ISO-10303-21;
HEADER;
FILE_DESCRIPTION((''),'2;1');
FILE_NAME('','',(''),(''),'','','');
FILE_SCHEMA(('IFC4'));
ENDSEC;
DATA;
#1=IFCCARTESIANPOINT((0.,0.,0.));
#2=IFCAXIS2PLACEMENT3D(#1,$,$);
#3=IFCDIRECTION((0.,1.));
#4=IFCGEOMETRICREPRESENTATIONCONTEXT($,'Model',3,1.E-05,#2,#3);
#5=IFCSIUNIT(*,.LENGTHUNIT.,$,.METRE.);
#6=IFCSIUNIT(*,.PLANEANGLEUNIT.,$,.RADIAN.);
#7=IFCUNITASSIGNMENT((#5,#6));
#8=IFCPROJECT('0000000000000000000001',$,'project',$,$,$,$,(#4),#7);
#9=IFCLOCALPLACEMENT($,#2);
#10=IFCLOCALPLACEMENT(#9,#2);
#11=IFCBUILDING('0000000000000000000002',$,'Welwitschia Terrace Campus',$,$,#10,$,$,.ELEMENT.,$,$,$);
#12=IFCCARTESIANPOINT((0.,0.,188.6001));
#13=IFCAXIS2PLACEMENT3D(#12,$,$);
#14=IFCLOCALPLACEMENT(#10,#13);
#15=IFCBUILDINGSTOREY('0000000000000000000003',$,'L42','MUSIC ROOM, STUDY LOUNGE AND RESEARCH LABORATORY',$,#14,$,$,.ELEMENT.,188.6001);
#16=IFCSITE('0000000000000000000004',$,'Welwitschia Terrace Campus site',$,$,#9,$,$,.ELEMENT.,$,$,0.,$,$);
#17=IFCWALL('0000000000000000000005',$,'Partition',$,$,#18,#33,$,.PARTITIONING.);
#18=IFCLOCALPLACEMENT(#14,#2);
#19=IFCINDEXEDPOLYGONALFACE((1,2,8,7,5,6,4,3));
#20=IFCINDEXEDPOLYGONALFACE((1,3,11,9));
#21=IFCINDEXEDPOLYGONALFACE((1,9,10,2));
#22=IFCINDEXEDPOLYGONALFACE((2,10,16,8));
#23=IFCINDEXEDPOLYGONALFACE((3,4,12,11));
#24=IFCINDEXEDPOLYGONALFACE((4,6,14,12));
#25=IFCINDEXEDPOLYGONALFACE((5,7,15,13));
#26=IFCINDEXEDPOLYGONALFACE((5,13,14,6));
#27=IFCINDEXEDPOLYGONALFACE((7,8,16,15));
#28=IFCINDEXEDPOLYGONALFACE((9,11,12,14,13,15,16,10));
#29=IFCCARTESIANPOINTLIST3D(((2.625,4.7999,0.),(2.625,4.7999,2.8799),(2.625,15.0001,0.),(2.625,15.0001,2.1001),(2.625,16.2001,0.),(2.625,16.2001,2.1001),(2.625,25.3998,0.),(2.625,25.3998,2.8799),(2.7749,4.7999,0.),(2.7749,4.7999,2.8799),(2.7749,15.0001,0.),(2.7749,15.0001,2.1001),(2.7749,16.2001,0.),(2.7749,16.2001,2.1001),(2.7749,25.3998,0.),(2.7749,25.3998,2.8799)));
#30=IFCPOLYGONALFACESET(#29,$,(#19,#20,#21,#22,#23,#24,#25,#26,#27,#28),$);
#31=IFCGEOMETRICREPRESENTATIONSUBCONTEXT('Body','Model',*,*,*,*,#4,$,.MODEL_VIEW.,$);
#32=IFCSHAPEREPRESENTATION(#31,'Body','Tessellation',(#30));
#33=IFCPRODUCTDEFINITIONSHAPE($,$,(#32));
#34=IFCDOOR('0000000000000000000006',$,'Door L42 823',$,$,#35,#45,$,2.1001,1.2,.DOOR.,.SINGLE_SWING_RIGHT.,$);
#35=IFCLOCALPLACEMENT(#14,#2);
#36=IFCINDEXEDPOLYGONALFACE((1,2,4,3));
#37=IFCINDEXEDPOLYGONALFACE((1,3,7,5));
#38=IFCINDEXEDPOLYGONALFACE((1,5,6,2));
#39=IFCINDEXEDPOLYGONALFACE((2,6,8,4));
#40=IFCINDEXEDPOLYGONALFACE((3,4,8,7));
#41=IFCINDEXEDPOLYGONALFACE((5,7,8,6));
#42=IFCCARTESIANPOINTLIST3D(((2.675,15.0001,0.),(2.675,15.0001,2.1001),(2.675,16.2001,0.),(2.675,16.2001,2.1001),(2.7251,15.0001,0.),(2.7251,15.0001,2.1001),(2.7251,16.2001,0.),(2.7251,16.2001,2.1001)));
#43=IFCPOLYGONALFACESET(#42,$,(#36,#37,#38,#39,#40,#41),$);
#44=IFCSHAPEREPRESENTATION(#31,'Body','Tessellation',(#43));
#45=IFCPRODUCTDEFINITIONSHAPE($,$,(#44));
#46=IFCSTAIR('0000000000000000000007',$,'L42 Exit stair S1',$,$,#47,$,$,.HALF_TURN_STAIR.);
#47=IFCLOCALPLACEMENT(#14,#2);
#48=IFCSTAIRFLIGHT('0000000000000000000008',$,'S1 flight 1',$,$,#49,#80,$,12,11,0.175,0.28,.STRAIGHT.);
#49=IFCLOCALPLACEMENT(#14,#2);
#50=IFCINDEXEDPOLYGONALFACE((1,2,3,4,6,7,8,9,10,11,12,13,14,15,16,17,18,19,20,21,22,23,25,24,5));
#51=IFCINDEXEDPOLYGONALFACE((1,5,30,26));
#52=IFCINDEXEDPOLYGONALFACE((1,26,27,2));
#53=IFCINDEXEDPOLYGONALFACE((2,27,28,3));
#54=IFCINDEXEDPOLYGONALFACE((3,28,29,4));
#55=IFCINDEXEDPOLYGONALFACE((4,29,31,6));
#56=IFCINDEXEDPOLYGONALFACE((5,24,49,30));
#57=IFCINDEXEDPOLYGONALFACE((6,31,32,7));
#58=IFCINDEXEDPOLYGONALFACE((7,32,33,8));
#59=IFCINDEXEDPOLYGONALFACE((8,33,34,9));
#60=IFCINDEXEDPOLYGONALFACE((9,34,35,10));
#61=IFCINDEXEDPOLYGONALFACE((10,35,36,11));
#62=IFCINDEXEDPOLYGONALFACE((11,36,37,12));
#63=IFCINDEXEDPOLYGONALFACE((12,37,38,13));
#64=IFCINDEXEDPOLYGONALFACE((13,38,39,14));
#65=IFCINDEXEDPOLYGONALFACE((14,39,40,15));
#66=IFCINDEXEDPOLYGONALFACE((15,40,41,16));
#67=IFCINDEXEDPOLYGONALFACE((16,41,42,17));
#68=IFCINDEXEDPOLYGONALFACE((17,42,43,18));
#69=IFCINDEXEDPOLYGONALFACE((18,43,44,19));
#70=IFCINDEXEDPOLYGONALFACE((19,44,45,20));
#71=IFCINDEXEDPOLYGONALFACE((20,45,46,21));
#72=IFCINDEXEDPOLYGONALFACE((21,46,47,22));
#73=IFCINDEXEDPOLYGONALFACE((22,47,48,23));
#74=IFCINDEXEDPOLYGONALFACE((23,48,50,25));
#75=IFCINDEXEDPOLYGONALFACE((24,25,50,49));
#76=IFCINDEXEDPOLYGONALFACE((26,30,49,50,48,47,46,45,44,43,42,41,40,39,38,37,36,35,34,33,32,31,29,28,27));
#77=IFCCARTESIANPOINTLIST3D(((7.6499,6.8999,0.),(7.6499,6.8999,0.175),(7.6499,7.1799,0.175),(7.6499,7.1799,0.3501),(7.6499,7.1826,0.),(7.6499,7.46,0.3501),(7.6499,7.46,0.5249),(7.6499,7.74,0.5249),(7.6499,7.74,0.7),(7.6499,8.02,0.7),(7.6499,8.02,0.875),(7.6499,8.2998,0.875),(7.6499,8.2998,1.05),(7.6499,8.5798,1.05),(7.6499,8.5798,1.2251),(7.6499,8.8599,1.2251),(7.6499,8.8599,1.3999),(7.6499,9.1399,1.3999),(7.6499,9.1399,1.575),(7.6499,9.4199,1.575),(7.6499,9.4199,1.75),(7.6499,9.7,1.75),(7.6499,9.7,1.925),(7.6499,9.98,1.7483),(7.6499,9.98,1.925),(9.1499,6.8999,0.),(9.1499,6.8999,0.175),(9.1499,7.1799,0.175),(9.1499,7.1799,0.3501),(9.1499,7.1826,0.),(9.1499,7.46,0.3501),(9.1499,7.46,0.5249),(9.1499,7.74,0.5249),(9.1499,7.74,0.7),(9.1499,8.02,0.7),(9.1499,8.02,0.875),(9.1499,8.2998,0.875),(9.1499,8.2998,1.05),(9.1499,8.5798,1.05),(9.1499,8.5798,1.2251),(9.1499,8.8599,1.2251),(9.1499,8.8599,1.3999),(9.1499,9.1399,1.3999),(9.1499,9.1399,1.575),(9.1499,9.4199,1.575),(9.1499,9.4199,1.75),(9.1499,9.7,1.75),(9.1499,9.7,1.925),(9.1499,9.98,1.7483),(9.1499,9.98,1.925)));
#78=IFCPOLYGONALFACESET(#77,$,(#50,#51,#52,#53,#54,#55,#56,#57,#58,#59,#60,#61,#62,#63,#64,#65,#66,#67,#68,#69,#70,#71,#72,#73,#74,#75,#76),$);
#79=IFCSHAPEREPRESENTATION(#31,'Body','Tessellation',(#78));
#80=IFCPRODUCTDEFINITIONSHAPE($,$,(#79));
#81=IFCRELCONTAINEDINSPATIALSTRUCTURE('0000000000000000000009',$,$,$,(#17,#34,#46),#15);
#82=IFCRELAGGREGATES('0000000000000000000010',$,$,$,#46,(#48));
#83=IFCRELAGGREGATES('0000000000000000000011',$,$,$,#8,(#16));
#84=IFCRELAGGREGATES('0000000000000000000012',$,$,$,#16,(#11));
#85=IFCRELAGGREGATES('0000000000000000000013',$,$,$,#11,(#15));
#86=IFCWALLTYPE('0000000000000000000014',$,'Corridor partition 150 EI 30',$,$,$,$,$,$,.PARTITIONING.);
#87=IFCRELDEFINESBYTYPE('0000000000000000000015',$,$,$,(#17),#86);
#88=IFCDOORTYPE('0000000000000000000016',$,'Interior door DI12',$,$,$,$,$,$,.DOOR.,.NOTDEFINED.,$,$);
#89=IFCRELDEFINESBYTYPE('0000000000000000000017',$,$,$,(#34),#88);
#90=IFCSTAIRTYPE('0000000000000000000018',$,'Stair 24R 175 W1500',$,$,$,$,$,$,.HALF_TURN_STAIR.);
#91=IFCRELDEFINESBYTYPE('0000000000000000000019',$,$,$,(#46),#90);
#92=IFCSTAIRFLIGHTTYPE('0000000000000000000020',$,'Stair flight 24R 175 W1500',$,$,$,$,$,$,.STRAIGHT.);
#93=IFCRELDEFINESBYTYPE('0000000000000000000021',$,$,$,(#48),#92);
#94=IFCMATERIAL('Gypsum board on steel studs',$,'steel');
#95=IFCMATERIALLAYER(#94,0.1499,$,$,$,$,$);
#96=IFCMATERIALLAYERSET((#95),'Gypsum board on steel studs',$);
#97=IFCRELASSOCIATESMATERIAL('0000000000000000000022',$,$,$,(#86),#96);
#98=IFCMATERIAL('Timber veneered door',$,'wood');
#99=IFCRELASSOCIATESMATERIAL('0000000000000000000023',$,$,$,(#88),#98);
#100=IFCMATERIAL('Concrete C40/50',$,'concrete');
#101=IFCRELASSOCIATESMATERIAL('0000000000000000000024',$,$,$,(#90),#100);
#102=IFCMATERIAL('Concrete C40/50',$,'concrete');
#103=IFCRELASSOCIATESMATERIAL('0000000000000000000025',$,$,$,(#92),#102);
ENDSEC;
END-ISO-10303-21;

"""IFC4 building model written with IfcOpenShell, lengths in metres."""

from ifc_helpers import new_model, si_unit, direction, frame, frame_2d, origin, place, context, subcontext, project, spatial, polyline, rectangle, outline, extrude, material, layer, layer_set, type_object, element, fill, aggregate, save


model = new_model("IFC4")

# Units and contexts
model_context = context("Model", 3, precision=1e-05, world=origin(), true_north=direction((0.0, 1.0)))
body_context = subcontext(model_context, "Body", "Model", "MODEL_VIEW")
ifc_project = project(units=[si_unit("LENGTHUNIT", "METRE"), si_unit("PLANEANGLEUNIT", "RADIAN")], contexts=[model_context])

# Site, building, storey
site_placement = place(None, origin())
site = spatial("IfcSite", under=ifc_project, at=site_placement, Name="Welwitschia Terrace Campus site", CompositionType="ELEMENT", RefElevation=0.0)
building_placement = place(site_placement, origin())
building = spatial("IfcBuilding", under=site, at=building_placement, Name="Welwitschia Terrace Campus", CompositionType="ELEMENT")
storey_placement = place(building_placement, frame((0.0, 0.0, 188.6001)))
storey = spatial("IfcBuildingStorey", under=building, at=storey_placement, Name="L42", Description="MUSIC ROOM, STUDY LOUNGE AND RESEARCH LABORATORY", CompositionType="ELEMENT", Elevation=188.6001)

# Shared definitions
ifc_material_1 = material(Name="Gypsum board on steel studs", Category="steel")
ifc_layer_1 = layer(ifc_material_1, 0.1499)
ifc_layer_set_1 = layer_set([ifc_layer_1], Name="Gypsum board on steel studs")
wall_type_1 = type_object("IfcWallType", Name="Corridor partition 150 EI 30", PredefinedType="PARTITIONING", material=ifc_layer_set_1)

# Wall, opening, door
wall_1_placement = place(storey_placement, frame((2.7, 4.8, 0.0), z_axis=(0.0, 0.0, 1.0), x_axis=(0.0, 1.0, 0.0)))
wall_1 = element("IfcWall", 1, at=wall_1_placement, inside=storey, type_object=wall_type_1, Name="Partition", PredefinedType="PARTITIONING", context=body_context, shape_type="SweptSolid", body=[
    extrude(rectangle(XDim=20.5999, YDim=0.1499, at=frame_2d((10.2998, 0.0))), origin(), (0.0, 0.0, 1.0), 2.8799),
])
opening_1_placement = place(wall_1_placement, frame((10.2, 0.0, 0.0)))
opening_1 = element("IfcOpeningElement", 2, at=opening_1_placement, cuts=wall_1, PredefinedType="OPENING", context=body_context, shape_type="SweptSolid", body=[
    extrude(rectangle(XDim=1.2, YDim=2.1001, at=frame_2d((0.6001, 1.05))), frame((0.0, 0.085, 0.0), z_axis=(0.0, -1.0, 0.0), x_axis=(1.0, 0.0, 0.0)), (0.0, 0.0, 1.0), 0.1699),
])
ifc_material_2 = material(Name="Timber veneered door", Category="wood")
door_type_1 = type_object("IfcDoorType", Name="Interior door DI12", OperationType="NOTDEFINED", PredefinedType="DOOR", material=ifc_material_2)
door_1_placement = place(opening_1_placement, origin())
door_1 = element("IfcDoor", 3, at=door_1_placement, inside=storey, type_object=door_type_1, Name="Door L42 823", OperationType="SINGLE_SWING_RIGHT", OverallHeight=2.1001, OverallWidth=1.2, PredefinedType="DOOR", context=body_context, shape_type="SweptSolid", body=[
    extrude(rectangle(XDim=1.2, YDim=2.1001, at=frame_2d((0.6001, 1.05))), frame((0.0, 0.0249, 0.0), z_axis=(0.0, -1.0, 0.0), x_axis=(1.0, 0.0, 0.0)), (0.0, 0.0, 1.0), 0.05),
])
fill(opening_1, door_1)

# Stair, stair flight
ifc_material_3 = material(Name="Concrete C40/50", Category="concrete")
stair_type = type_object("IfcStairType", Name="Stair 24R 175 W1500", PredefinedType="HALF_TURN_STAIR", material=ifc_material_3)
stair_placement = place(storey_placement, origin())
stair = element("IfcStair", 4, at=stair_placement, inside=storey, type_object=stair_type, Name="L42 Exit stair S1", PredefinedType="HALF_TURN_STAIR")
ifc_material_4 = material(Name="Concrete C40/50", Category="concrete")
stair_flight_type = type_object("IfcStairFlightType", Name="Stair flight 24R 175 W1500", PredefinedType="STRAIGHT", material=ifc_material_4)
stair_flight_placement = place(storey_placement, frame((8.3999, 6.8999, 0.0), z_axis=(0.0, 0.0, 1.0), x_axis=(0.0, 1.0, 0.0)))
stair_flight = element("IfcStairFlight", 5, at=stair_flight_placement, type_object=stair_flight_type, Name="S1 flight 1", NumberOfRisers=12, NumberOfTreads=11, PredefinedType="STRAIGHT", RiserHeight=0.175, TreadLength=0.28, context=body_context, shape_type="SweptSolid", body=[
    extrude(outline(polyline([(0.0, 0.0), (0.0, 0.175), (0.28, 0.175), (0.28, 0.3501), (0.5601, 0.3501), (0.5601, 0.5249), (0.8401, 0.5249), (0.8401, 0.7), (1.1201, 0.7), (1.1201, 0.875), (1.3999, 0.875), (1.3999, 1.05), (1.6799, 1.05), (1.6799, 1.2251), (1.96, 1.2251), (1.96, 1.3999), (2.24, 1.3999), (2.24, 1.575), (2.52, 1.575), (2.52, 1.75), (2.8, 1.75), (2.8, 1.925), (3.0801, 1.925), (3.0801, 2.1001), (3.0801, 1.7483), (0.2827, 0.0), (0.0, 0.0)])), frame((0.0, 0.75, 0.0), z_axis=(0.0, -1.0, 0.0), x_axis=(1.0, 0.0, 0.0)), (0.0, 0.0, 1.0), 1.5),
])
aggregate(stair, [stair_flight])

save(model, "model.ifc")
